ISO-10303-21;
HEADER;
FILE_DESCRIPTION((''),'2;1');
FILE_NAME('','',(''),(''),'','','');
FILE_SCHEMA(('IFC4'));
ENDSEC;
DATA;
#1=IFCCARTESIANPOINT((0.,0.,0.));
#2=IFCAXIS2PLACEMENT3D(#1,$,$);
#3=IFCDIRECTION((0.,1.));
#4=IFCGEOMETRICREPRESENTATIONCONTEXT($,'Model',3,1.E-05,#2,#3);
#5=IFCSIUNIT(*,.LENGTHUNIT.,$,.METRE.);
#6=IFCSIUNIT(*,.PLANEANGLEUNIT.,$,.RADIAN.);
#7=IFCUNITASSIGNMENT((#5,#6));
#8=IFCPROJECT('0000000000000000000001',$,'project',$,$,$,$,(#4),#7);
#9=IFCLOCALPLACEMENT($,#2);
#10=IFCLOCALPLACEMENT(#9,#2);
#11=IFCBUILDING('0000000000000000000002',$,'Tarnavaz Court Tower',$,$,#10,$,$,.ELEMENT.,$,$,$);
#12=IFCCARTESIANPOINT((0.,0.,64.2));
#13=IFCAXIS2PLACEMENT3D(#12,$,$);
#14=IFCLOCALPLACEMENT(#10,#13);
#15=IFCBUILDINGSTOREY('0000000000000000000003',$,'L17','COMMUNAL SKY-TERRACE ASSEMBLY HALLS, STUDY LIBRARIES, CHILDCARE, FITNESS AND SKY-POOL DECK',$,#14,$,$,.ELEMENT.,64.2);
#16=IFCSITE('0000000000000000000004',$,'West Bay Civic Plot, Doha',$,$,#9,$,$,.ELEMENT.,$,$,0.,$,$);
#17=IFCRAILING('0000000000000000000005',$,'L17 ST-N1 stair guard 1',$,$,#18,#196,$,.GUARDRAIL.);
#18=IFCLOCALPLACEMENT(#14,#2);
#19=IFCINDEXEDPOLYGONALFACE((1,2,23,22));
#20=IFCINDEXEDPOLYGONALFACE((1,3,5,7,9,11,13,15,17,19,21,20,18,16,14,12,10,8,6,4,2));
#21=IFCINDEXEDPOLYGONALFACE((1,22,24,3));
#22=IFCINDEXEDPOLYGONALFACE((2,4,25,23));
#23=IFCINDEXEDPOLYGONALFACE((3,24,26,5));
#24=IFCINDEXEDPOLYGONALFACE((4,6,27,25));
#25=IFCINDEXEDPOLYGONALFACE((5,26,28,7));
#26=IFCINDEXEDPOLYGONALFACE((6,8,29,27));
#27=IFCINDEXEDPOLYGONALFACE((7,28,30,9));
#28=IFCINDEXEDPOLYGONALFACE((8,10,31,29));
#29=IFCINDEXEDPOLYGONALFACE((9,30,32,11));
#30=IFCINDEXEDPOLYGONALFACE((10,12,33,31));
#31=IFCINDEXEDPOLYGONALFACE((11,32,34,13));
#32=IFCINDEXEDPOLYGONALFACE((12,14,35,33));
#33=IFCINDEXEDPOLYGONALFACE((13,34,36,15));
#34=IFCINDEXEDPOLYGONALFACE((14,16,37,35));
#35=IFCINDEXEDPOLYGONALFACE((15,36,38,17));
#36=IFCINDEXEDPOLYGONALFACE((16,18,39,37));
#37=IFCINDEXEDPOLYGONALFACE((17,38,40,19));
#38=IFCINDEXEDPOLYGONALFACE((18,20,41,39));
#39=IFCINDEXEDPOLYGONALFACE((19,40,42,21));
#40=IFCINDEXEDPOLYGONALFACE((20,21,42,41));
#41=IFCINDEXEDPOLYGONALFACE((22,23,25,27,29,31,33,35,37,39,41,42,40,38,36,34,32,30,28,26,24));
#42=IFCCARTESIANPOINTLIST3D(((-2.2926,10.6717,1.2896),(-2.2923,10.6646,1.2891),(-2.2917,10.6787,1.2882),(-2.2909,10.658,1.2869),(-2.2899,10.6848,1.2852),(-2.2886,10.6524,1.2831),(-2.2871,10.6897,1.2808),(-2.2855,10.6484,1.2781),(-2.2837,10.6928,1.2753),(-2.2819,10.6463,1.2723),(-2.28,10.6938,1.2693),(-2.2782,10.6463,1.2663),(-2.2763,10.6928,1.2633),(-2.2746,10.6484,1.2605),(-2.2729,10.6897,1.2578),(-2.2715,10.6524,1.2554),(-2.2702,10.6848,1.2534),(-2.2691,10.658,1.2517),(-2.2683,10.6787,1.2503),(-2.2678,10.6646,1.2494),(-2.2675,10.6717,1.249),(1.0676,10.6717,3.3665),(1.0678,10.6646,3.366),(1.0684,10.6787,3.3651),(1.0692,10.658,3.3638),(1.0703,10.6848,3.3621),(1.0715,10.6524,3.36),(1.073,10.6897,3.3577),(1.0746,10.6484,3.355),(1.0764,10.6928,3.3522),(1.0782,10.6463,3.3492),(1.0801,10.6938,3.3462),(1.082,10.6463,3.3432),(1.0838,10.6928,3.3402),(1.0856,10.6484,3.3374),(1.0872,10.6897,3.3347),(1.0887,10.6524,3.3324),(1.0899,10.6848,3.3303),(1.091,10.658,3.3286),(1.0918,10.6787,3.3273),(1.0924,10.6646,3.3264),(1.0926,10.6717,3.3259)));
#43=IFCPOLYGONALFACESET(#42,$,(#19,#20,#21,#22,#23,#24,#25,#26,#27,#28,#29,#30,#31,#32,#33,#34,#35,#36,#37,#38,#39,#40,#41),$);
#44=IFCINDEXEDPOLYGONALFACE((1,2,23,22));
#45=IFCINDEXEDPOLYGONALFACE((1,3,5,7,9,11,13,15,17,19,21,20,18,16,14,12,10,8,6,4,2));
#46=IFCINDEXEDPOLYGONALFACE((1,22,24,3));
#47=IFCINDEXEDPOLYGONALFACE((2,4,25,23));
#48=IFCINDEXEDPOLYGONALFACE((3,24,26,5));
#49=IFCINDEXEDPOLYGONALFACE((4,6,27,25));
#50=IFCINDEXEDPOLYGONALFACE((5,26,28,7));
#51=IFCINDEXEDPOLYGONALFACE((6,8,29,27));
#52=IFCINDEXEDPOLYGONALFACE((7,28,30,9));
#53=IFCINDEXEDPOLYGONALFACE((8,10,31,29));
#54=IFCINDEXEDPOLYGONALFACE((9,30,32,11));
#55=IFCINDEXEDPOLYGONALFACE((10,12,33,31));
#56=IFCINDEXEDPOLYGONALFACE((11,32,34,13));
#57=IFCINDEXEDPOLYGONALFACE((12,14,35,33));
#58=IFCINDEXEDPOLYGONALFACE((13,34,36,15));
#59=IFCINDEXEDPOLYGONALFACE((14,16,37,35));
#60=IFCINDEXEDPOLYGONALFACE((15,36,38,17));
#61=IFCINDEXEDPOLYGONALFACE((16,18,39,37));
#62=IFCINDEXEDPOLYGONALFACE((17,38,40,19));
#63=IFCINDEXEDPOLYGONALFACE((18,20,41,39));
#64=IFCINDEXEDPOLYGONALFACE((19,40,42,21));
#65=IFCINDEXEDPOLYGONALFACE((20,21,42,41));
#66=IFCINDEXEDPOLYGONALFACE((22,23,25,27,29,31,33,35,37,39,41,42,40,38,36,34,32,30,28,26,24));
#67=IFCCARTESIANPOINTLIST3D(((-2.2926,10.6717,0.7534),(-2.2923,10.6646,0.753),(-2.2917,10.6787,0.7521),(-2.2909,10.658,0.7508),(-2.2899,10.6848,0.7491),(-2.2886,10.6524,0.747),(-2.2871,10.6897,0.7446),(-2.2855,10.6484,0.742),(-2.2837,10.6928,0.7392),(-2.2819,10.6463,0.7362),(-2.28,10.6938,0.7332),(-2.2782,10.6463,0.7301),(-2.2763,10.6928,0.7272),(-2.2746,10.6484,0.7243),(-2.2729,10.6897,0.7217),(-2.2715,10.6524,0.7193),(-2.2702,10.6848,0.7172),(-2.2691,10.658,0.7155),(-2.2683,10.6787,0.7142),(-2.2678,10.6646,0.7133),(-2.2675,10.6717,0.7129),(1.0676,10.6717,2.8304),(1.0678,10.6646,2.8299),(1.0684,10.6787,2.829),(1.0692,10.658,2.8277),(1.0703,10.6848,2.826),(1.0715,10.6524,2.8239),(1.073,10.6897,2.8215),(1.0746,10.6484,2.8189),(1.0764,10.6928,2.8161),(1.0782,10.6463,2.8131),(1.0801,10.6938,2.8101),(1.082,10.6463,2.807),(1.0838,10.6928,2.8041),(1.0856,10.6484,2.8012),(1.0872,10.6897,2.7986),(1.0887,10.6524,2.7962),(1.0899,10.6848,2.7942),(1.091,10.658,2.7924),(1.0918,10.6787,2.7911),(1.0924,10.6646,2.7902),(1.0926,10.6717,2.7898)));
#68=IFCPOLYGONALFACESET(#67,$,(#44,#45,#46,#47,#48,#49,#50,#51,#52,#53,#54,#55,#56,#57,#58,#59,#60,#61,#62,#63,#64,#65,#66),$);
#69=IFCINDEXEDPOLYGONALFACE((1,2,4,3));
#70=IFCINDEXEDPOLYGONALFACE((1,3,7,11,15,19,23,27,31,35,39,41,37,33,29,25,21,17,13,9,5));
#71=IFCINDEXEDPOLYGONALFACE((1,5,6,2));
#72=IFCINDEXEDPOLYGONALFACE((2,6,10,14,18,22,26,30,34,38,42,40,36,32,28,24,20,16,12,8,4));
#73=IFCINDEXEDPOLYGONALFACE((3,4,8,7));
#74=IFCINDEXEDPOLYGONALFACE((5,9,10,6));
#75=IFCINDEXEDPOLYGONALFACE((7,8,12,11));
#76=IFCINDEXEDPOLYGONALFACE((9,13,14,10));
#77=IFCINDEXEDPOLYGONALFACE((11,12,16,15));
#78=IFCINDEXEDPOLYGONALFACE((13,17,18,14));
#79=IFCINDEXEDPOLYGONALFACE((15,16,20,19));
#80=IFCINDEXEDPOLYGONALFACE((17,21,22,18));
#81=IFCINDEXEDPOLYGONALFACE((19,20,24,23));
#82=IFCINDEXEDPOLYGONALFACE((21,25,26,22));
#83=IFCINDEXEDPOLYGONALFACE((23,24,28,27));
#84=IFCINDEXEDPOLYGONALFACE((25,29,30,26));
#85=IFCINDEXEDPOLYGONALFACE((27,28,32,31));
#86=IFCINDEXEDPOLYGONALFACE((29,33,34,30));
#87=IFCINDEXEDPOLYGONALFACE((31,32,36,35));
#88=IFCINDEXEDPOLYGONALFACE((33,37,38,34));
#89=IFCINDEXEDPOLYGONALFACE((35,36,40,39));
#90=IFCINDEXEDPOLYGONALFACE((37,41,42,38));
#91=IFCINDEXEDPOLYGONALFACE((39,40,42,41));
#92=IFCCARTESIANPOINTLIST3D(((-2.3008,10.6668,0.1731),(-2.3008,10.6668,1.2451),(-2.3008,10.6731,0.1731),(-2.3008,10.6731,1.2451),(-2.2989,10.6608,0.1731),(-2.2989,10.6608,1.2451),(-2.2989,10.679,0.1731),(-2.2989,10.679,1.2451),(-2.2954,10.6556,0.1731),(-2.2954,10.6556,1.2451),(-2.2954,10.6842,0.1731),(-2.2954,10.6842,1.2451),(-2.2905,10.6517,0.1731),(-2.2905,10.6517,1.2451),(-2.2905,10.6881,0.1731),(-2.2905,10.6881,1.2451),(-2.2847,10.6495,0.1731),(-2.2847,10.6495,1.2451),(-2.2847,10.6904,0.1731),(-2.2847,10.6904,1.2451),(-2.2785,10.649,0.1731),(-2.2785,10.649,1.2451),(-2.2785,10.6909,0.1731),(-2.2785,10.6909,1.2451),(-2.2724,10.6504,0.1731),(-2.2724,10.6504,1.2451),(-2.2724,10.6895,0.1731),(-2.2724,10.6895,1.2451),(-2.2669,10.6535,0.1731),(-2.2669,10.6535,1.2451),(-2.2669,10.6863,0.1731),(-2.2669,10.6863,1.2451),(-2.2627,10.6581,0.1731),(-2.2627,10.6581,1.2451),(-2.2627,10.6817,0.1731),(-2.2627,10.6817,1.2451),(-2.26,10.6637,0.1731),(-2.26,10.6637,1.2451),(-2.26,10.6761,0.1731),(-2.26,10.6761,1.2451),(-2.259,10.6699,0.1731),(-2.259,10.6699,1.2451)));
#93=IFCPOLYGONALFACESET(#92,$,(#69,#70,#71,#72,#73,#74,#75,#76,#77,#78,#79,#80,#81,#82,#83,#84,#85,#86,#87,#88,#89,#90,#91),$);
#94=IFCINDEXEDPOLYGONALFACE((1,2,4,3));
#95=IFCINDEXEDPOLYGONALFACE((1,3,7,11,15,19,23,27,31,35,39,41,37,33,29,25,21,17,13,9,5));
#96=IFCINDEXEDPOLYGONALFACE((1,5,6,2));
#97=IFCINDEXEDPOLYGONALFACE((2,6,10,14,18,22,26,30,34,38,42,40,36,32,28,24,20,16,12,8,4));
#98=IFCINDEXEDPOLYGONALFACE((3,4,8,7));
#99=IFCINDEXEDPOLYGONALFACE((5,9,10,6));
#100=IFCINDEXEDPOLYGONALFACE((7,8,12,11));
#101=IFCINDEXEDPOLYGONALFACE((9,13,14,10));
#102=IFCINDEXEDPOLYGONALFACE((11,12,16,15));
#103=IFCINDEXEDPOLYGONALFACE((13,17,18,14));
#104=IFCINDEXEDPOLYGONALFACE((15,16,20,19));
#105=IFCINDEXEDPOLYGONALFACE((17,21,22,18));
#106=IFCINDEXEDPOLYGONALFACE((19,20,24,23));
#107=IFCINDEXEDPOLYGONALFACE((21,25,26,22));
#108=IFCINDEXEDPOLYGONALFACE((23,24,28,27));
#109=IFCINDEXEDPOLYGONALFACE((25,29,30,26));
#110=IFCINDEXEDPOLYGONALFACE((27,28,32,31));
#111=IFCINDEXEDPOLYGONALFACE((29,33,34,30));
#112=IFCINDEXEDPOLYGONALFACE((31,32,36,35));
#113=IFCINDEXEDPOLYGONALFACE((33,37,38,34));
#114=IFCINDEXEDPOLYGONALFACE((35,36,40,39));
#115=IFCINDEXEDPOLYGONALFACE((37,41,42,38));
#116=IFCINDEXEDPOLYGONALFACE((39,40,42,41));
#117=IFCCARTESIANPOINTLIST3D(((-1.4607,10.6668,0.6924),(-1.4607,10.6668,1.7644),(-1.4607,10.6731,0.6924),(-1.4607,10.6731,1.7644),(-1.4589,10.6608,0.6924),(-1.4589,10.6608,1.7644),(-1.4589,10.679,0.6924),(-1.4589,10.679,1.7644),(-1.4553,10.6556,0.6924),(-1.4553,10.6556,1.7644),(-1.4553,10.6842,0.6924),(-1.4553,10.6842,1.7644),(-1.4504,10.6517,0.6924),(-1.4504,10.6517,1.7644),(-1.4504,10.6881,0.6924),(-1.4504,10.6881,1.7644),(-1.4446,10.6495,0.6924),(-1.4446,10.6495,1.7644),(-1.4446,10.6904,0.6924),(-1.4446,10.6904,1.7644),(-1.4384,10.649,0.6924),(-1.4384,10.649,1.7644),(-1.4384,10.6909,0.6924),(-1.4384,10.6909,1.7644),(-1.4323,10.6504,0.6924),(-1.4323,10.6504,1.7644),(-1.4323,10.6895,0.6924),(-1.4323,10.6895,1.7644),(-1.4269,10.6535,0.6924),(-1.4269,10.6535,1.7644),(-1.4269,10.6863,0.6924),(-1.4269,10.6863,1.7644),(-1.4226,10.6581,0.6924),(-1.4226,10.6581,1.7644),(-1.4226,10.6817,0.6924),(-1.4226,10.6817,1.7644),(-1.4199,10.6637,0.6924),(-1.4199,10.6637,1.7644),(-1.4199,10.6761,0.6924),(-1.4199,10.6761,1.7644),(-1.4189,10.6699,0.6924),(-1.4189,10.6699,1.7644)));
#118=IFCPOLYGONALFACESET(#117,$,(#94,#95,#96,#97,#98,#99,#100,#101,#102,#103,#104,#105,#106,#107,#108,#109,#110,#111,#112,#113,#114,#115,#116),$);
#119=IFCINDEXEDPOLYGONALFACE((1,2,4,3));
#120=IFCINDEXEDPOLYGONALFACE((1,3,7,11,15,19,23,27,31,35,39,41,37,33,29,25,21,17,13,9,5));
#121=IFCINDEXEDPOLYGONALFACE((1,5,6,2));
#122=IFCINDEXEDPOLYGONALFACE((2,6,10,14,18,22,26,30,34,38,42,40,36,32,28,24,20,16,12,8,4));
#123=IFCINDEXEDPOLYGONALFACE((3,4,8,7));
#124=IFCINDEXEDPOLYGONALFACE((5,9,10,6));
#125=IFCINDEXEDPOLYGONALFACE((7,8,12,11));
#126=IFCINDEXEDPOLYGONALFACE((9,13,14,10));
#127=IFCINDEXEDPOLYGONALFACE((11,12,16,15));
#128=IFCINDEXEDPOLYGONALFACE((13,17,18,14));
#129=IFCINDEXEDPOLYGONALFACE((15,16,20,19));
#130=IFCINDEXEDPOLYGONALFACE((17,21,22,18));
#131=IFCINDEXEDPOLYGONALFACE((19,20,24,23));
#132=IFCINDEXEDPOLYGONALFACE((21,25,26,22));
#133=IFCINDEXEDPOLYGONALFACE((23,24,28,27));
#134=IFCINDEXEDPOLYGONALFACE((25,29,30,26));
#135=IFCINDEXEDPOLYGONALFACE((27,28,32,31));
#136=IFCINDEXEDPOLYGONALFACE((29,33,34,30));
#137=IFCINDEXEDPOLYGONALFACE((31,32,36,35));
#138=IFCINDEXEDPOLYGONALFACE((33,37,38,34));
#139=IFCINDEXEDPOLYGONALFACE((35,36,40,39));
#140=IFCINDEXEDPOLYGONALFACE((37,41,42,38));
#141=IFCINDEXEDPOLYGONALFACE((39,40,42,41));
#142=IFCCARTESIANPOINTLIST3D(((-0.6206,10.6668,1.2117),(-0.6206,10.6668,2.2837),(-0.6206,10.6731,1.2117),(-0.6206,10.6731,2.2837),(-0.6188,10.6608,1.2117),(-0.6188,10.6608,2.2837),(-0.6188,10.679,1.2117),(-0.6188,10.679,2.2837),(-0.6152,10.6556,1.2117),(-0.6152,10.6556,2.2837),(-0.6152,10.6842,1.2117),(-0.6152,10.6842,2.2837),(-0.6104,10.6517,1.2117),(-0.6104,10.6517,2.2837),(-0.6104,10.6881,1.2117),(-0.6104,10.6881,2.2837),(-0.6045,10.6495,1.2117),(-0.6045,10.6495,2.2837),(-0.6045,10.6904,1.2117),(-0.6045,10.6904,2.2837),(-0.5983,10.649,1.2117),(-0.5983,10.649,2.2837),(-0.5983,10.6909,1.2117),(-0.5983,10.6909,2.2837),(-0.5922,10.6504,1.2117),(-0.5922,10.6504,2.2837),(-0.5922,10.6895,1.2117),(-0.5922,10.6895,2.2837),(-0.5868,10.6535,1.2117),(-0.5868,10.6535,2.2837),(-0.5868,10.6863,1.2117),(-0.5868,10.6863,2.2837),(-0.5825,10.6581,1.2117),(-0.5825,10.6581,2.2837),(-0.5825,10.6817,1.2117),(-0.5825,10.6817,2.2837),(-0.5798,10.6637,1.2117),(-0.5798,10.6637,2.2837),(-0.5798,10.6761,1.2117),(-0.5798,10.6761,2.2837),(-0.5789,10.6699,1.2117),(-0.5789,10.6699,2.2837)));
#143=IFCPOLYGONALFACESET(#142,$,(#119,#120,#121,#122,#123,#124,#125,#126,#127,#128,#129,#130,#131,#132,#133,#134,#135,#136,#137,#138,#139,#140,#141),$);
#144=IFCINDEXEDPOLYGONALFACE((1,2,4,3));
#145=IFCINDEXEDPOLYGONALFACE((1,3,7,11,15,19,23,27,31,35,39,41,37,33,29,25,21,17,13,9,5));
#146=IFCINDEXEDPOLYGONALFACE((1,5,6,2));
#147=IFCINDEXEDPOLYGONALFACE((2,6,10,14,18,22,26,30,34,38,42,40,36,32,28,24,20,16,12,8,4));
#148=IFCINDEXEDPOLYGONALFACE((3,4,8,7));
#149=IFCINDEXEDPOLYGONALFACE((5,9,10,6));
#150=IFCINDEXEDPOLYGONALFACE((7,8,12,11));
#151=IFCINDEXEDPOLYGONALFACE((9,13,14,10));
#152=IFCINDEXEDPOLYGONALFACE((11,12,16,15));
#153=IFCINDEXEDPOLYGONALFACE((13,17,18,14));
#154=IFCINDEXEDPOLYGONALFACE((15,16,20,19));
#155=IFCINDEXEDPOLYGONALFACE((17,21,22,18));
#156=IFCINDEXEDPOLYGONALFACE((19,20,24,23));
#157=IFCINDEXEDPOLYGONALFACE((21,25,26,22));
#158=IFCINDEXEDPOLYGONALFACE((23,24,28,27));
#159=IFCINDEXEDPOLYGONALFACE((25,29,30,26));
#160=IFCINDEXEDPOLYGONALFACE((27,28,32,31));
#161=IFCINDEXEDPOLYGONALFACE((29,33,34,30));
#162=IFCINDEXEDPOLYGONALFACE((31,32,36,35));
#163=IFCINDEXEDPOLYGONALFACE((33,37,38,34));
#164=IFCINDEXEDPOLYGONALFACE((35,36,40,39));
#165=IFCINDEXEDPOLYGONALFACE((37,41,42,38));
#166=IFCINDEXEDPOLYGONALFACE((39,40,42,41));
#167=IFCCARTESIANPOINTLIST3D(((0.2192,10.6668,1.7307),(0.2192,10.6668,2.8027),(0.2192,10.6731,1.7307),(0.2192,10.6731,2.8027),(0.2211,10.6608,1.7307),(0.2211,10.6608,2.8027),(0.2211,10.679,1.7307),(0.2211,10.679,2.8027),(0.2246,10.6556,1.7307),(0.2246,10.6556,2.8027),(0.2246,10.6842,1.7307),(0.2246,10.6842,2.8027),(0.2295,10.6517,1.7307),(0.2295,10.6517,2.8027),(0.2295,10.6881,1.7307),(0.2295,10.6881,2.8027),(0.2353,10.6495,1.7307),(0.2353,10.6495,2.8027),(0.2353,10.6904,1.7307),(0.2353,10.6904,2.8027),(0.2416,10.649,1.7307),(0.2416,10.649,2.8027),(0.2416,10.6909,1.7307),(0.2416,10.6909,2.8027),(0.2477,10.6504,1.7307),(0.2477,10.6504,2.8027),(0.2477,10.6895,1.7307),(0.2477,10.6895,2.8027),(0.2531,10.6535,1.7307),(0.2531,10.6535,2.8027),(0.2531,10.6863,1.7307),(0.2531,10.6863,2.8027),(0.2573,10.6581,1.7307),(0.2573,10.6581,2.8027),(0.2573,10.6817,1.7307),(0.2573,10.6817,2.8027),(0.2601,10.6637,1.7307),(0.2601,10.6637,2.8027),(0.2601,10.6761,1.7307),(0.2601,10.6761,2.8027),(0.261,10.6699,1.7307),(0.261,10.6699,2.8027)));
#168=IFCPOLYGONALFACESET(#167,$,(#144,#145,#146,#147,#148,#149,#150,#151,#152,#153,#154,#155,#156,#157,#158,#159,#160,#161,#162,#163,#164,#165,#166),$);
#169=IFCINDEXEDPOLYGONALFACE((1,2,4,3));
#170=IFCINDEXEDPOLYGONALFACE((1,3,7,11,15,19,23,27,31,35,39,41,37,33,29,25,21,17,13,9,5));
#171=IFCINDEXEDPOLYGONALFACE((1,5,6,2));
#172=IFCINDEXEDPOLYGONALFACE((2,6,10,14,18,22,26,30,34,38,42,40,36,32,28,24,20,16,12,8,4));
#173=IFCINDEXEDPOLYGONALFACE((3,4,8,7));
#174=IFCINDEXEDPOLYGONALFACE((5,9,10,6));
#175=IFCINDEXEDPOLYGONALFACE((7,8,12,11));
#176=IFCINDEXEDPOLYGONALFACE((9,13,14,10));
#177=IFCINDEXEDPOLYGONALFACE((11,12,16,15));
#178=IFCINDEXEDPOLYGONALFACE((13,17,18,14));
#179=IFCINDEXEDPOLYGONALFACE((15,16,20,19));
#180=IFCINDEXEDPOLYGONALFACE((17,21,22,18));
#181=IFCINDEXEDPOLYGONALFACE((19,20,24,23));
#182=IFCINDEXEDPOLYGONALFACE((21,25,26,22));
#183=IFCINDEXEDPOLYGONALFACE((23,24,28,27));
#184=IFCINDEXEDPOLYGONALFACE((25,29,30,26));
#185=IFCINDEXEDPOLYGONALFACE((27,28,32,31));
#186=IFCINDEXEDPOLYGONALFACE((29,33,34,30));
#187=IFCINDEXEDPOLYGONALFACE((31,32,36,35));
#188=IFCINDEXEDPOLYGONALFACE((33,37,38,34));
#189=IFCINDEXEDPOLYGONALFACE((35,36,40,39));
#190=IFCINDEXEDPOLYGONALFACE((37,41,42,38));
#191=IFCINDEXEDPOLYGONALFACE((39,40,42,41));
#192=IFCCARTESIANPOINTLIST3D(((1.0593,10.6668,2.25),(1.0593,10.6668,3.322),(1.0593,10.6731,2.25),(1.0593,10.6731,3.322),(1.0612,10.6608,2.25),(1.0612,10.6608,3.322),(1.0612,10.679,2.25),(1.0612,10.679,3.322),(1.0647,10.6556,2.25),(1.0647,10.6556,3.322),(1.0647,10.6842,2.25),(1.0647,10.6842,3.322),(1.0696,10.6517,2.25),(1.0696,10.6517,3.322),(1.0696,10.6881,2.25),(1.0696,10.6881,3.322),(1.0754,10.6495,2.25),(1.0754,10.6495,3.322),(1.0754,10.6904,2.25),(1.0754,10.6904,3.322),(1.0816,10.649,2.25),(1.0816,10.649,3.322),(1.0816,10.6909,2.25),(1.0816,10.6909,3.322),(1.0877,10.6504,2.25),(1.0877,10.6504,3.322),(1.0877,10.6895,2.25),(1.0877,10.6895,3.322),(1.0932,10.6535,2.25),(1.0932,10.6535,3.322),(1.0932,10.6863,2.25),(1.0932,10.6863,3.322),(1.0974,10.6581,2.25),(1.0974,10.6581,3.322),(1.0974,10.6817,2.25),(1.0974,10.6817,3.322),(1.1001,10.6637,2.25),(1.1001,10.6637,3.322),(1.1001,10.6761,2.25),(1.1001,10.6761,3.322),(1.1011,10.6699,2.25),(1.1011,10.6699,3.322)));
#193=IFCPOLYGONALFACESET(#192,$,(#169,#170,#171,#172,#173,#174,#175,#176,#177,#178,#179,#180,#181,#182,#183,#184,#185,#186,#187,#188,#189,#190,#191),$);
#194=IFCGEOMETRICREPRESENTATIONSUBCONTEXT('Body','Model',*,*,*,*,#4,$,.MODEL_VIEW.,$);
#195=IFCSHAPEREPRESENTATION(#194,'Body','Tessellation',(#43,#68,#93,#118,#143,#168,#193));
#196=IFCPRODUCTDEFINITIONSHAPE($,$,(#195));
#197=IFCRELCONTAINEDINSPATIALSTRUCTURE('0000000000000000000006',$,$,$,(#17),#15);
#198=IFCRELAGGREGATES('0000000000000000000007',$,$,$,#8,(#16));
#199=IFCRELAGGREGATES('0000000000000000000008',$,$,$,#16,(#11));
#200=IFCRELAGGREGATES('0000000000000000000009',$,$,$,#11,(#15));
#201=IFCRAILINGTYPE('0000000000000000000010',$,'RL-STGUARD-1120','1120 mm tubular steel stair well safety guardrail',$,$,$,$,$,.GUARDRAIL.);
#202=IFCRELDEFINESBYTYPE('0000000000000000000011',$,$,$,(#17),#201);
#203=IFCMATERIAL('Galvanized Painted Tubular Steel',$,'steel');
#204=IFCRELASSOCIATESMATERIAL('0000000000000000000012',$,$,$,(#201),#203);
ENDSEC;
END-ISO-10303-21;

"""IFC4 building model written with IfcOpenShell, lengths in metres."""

from ifc_helpers import new_model, si_unit, direction, frame, origin, origin_2d, place, context, subcontext, project, spatial, circle, extrude, material, type_object, element, save


model = new_model("IFC4")

# Units and contexts
model_context = context("Model", 3, precision=1e-05, world=origin(), true_north=direction((0.0, 1.0)))
body_context = subcontext(model_context, "Body", "Model", "MODEL_VIEW")
ifc_project = project(units=[si_unit("LENGTHUNIT", "METRE"), si_unit("PLANEANGLEUNIT", "RADIAN")], contexts=[model_context])

# Site, building, storey
site_placement = place(None, origin())
site = spatial("IfcSite", under=ifc_project, at=site_placement, Name="West Bay Civic Plot, Doha", CompositionType="ELEMENT", RefElevation=0.0)
building_placement = place(site_placement, origin())
building = spatial("IfcBuilding", under=site, at=building_placement, Name="Tarnavaz Court Tower", CompositionType="ELEMENT")
storey_placement = place(building_placement, frame((0.0, 0.0, 64.2)))
storey = spatial("IfcBuildingStorey", under=building, at=storey_placement, Name="L17", Description="COMMUNAL SKY-TERRACE ASSEMBLY HALLS, STUDY LIBRARIES, CHILDCARE, FITNESS AND SKY-POOL DECK", CompositionType="ELEMENT", Elevation=64.2)

# Railing
ifc_material_1 = material(Name="Galvanized Painted Tubular Steel", Category="steel")
railing_type_1 = type_object("IfcRailingType", Name="RL-STGUARD-1120", Description="1120 mm tubular steel stair well safety guardrail", PredefinedType="GUARDRAIL", material=ifc_material_1)
railing_1_placement = place(storey_placement, frame((-2.28, 10.6699, 0.1731)))
element("IfcRailing", 1, at=railing_1_placement, inside=storey, type_object=railing_type_1, Name="L17 ST-N1 stair guard 1", PredefinedType="GUARDRAIL", context=body_context, shape_type="SweptSolid", body=[
    extrude(circle(Radius=0.0239, at=origin_2d()), frame((0.0, 0.0, 1.0962), z_axis=(0.850623, 0.0, 0.525776), x_axis=(0.0, 1.0, 0.0)), (0.0, 0.0, 1.0), 3.9502),
    extrude(circle(Radius=0.0239, at=origin_2d()), frame((0.0, 0.0, 0.5601), z_axis=(0.850623, 0.0, 0.525776), x_axis=(0.0, 1.0, 0.0)), (0.0, 0.0, 1.0), 3.9502),
    extrude(circle(Radius=0.021, at=origin_2d()), origin(), (0.0, 0.0, 1.0), 1.072),
    extrude(circle(Radius=0.021, at=origin_2d()), frame((0.8401, 0.0, 0.5193)), (0.0, 0.0, 1.0), 1.072),
    extrude(circle(Radius=0.021, at=origin_2d()), frame((1.6802, 0.0, 1.0386)), (0.0, 0.0, 1.0), 1.072),
    extrude(circle(Radius=0.021, at=origin_2d()), frame((2.52, 0.0, 1.5576)), (0.0, 0.0, 1.0), 1.072),
    extrude(circle(Radius=0.021, at=origin_2d()), frame((3.3601, 0.0, 2.0769)), (0.0, 0.0, 1.0), 1.072),
])

save(model, "model.ifc")
